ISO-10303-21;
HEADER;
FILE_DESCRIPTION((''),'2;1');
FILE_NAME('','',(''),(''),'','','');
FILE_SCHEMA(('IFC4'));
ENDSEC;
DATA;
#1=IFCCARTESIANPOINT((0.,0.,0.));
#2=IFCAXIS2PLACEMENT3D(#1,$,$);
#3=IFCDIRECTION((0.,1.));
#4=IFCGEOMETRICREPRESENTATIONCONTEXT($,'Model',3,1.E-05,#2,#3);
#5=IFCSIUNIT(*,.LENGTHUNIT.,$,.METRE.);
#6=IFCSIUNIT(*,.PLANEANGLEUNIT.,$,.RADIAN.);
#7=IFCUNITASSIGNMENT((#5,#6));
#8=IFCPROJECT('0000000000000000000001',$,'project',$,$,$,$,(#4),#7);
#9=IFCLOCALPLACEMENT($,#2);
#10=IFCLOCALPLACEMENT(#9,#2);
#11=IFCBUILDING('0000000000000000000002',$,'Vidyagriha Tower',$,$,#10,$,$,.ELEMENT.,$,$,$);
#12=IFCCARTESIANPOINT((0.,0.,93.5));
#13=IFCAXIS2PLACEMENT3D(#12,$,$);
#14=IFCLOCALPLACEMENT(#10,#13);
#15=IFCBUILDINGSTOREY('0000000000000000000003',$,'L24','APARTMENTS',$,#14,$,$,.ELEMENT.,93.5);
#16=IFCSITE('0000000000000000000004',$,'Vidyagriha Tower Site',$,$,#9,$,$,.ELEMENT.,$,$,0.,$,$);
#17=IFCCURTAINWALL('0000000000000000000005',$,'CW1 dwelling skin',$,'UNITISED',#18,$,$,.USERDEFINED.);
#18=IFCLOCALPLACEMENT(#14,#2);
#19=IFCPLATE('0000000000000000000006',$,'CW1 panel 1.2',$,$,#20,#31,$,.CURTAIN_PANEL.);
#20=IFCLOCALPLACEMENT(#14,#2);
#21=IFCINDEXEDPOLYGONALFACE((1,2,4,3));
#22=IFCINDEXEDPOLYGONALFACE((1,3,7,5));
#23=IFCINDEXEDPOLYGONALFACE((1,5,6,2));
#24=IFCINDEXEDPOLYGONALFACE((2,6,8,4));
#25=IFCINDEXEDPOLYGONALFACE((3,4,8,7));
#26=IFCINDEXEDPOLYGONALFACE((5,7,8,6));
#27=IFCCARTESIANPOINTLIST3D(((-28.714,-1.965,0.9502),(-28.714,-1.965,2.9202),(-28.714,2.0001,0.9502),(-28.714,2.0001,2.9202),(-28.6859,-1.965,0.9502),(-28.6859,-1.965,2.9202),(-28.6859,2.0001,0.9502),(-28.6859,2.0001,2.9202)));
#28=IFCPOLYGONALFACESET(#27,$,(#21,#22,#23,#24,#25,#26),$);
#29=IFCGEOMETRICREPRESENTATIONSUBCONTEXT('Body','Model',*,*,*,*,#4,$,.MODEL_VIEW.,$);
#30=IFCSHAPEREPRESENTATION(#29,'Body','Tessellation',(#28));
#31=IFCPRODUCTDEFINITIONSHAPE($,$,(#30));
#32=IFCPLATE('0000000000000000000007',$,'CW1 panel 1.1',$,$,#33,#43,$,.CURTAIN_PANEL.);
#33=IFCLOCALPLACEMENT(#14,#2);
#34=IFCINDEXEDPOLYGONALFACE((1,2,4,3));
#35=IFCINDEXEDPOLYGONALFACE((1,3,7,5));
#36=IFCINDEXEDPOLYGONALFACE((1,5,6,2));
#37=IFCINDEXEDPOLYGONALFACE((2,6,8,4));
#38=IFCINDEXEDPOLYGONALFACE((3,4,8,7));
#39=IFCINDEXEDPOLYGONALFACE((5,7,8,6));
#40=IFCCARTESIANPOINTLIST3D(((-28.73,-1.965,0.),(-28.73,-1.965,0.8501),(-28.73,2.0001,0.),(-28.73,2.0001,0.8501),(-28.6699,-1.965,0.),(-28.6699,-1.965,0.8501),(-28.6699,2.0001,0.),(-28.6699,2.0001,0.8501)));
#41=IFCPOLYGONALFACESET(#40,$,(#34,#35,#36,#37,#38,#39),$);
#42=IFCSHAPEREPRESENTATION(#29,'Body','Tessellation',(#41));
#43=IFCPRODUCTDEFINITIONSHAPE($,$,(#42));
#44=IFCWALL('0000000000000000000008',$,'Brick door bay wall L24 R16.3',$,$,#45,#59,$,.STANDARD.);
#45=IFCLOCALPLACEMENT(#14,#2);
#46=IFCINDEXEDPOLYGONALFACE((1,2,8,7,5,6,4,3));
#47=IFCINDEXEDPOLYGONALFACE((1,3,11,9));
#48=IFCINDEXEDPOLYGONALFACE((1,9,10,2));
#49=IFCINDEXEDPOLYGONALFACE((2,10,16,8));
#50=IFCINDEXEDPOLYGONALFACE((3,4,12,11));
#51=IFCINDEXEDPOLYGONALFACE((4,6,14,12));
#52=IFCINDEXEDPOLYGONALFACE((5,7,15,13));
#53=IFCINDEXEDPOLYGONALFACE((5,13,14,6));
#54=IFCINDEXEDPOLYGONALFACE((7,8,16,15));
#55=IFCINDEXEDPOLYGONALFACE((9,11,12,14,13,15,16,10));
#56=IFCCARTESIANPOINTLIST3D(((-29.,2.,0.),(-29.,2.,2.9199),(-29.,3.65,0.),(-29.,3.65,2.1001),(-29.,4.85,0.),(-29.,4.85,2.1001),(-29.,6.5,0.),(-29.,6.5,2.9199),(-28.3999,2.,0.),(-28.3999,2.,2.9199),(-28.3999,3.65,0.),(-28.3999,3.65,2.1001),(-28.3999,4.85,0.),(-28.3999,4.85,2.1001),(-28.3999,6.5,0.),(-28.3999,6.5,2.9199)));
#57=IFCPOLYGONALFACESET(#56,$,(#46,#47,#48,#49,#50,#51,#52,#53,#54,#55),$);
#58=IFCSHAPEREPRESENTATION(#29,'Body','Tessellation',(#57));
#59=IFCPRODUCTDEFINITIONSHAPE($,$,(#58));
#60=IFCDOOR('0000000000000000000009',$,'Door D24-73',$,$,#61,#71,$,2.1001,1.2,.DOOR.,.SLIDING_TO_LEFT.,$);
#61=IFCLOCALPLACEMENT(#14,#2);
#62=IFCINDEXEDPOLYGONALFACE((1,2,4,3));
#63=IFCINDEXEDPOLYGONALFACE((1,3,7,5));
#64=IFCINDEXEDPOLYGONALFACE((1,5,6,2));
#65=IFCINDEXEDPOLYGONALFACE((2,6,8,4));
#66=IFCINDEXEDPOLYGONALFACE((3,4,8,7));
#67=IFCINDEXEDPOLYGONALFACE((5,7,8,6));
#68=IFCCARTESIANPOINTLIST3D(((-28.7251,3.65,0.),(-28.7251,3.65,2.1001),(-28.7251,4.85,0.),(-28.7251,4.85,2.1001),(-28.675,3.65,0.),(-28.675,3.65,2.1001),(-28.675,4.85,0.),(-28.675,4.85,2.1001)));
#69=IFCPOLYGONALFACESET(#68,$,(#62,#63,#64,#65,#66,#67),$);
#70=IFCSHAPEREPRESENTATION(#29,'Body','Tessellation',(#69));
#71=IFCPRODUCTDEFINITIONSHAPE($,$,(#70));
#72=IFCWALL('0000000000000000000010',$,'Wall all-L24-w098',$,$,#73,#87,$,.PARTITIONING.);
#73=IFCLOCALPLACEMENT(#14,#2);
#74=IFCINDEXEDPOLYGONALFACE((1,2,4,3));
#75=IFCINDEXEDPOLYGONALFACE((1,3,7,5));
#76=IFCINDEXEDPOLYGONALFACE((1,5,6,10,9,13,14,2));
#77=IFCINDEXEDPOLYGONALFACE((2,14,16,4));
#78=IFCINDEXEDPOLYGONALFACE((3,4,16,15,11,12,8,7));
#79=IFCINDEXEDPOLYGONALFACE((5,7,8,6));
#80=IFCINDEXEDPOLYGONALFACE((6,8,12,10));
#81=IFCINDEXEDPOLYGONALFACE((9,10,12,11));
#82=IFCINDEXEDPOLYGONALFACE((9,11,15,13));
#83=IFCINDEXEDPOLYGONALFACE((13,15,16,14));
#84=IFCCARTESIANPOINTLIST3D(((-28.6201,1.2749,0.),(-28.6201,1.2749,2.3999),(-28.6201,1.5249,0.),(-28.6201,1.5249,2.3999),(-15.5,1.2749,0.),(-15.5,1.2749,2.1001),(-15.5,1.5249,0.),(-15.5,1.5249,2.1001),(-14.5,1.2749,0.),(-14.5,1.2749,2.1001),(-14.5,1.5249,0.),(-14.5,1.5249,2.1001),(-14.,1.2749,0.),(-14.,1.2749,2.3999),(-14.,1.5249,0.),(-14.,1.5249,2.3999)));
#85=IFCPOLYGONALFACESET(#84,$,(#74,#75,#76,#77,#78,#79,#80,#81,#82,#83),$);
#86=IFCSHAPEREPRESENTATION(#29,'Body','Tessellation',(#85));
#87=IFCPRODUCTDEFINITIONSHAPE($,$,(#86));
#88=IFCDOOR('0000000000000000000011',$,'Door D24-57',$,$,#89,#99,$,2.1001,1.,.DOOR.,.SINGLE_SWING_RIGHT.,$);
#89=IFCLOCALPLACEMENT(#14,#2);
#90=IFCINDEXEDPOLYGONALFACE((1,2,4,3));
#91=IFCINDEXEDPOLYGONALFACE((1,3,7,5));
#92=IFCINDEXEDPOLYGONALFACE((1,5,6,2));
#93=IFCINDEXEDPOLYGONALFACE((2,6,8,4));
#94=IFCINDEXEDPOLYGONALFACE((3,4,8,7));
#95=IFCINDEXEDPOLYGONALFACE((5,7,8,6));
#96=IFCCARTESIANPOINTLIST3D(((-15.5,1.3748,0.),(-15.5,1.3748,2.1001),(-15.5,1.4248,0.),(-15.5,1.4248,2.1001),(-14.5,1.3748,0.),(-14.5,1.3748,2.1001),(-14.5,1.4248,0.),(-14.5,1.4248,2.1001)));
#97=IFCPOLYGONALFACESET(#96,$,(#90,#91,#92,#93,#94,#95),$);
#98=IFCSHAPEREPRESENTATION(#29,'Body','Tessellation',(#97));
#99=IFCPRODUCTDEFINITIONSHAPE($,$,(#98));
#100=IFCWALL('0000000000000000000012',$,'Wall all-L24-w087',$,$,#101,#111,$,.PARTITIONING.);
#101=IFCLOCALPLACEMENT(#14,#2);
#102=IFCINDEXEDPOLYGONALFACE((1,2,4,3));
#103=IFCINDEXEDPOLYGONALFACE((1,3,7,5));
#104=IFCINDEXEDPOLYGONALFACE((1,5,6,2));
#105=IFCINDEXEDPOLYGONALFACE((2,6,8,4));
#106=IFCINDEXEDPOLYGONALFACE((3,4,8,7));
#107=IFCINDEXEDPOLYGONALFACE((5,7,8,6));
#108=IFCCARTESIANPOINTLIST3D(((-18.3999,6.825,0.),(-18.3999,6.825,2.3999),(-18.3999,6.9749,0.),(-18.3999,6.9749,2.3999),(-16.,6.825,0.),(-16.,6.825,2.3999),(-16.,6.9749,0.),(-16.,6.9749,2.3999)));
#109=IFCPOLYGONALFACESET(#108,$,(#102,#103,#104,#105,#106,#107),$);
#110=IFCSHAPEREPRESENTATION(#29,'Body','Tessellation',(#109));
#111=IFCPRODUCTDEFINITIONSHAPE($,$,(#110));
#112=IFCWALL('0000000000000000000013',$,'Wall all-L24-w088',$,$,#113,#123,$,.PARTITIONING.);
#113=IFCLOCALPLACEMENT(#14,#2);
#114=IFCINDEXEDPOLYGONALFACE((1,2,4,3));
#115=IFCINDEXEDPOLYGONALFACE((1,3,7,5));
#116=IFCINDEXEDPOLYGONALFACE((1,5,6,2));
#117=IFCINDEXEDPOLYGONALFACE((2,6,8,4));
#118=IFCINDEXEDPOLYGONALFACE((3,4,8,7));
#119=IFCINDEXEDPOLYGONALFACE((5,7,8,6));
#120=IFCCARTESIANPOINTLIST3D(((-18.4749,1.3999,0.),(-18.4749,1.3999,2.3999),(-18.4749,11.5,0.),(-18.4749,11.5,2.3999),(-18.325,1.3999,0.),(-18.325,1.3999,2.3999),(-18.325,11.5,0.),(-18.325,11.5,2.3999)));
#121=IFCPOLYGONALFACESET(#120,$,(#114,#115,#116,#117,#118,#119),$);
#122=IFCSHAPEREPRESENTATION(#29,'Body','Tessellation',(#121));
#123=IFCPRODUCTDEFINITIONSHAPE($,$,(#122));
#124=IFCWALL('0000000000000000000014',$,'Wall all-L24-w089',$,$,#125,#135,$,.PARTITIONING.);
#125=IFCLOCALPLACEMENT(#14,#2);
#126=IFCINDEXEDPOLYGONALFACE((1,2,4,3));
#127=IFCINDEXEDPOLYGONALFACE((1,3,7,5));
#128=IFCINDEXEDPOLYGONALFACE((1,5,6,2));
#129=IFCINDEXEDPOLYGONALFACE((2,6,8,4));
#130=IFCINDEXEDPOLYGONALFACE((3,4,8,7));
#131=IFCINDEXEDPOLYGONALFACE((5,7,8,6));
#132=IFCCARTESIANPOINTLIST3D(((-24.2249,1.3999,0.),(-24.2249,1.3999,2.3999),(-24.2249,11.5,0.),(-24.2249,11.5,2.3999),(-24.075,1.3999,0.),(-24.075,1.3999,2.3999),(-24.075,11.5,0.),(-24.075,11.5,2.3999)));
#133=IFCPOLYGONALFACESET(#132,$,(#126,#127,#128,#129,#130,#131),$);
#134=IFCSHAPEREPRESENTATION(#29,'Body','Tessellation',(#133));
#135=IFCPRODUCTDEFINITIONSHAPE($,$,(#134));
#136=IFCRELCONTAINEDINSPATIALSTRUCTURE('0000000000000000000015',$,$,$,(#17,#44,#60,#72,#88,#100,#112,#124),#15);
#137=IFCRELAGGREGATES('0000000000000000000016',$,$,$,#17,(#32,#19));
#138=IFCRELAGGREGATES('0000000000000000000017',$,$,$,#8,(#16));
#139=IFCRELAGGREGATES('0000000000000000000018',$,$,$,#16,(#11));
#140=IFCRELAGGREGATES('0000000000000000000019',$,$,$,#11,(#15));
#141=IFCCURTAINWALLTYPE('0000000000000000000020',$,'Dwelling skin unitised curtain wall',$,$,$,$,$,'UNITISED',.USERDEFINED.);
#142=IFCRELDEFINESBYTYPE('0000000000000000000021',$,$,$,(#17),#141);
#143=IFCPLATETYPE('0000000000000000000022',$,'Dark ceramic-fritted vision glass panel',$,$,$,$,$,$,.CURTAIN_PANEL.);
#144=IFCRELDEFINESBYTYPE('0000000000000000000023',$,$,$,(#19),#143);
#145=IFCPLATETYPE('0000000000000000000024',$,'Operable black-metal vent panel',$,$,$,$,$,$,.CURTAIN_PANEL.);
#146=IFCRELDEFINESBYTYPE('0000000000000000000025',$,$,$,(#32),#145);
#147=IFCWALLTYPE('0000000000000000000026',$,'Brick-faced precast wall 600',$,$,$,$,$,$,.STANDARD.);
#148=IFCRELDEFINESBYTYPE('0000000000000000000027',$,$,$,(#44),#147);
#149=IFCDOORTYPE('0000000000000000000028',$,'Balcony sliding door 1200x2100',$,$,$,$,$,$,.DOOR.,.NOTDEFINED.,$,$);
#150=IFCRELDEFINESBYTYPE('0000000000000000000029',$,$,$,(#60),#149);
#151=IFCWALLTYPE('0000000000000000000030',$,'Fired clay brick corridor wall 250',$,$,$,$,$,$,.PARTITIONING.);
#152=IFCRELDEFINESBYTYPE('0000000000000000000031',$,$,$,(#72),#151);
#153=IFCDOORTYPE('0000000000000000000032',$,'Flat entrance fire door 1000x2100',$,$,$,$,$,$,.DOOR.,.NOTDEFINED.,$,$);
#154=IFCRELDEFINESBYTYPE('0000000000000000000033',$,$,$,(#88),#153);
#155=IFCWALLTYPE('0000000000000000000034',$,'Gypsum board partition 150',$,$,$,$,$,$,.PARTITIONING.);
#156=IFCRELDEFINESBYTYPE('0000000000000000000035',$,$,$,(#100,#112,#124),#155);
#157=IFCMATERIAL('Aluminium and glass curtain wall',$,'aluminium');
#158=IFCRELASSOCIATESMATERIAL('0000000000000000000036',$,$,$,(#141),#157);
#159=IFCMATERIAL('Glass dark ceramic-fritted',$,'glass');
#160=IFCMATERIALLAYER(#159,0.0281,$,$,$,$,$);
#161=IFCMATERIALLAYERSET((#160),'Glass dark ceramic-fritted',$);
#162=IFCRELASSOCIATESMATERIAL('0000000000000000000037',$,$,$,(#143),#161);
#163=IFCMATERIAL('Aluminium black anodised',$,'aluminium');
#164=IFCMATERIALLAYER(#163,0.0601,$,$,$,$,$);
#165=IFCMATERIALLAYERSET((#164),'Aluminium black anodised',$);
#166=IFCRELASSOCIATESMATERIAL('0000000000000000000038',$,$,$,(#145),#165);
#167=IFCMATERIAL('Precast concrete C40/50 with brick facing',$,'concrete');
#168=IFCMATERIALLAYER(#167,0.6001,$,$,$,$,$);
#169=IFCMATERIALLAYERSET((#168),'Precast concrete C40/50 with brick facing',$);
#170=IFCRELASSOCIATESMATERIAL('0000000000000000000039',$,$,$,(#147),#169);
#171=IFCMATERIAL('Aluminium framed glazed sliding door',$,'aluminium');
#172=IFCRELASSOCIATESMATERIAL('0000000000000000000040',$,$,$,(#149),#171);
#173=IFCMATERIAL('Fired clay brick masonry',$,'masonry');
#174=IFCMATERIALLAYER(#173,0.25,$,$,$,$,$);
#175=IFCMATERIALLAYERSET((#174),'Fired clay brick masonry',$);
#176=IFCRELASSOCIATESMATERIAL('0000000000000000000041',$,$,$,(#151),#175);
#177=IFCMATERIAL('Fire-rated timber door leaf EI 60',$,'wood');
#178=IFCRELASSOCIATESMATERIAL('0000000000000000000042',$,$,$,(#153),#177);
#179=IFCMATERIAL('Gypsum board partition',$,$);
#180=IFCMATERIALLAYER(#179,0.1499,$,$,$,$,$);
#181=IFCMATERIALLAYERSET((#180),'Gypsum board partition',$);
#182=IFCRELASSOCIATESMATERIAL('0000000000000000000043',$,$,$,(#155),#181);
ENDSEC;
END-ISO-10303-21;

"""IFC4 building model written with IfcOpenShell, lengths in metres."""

from ifc_helpers import new_model, si_unit, direction, frame, frame_2d, origin, origin_2d, place, context, subcontext, project, spatial, rectangle, extrude, material, layer, layer_set, type_object, element, fill, aggregate, save


model = new_model("IFC4")

# Units and contexts
model_context = context("Model", 3, precision=1e-05, world=origin(), true_north=direction((0.0, 1.0)))
body_context = subcontext(model_context, "Body", "Model", "MODEL_VIEW")
ifc_project = project(units=[si_unit("LENGTHUNIT", "METRE"), si_unit("PLANEANGLEUNIT", "RADIAN")], contexts=[model_context])

# Site, building, storey
site_placement = place(None, origin())
site = spatial("IfcSite", under=ifc_project, at=site_placement, Name="Vidyagriha Tower Site", CompositionType="ELEMENT", RefElevation=0.0)
building_placement = place(site_placement, origin())
building = spatial("IfcBuilding", under=site, at=building_placement, Name="Vidyagriha Tower", CompositionType="ELEMENT")
storey_placement = place(building_placement, frame((0.0, 0.0, 93.5)))
storey = spatial("IfcBuildingStorey", under=building, at=storey_placement, Name="L24", Description="APARTMENTS", CompositionType="ELEMENT", Elevation=93.5)

# Shared definitions
ifc_material_1 = material(Name="Aluminium and glass curtain wall", Category="aluminium")
curtain_wall_type = type_object("IfcCurtainWallType", Name="Dwelling skin unitised curtain wall", ElementType="UNITISED", PredefinedType="USERDEFINED", material=ifc_material_1)

# Curtain wall
curtain_wall_1_placement = place(storey_placement, origin())
curtain_wall_1 = element("IfcCurtainWall", 1, at=curtain_wall_1_placement, inside=storey, type_object=curtain_wall_type, Name="CW1 dwelling skin", ObjectType="UNITISED", PredefinedType="USERDEFINED")

# Plates
ifc_material_2 = material(Name="Glass dark ceramic-fritted", Category="glass")
ifc_layer_1 = layer(ifc_material_2, 0.0281)
ifc_layer_set_1 = layer_set([ifc_layer_1], Name="Glass dark ceramic-fritted")
plate_type_1 = type_object("IfcPlateType", Name="Dark ceramic-fritted vision glass panel", PredefinedType="CURTAIN_PANEL", material=ifc_layer_set_1)
plate_1_placement = place(storey_placement, frame((-28.7, 0.0176, 0.9502), z_axis=(0.0, 0.0, 1.0), x_axis=(0.0, -1.0, 0.0)))
plate_1 = element("IfcPlate", 2, at=plate_1_placement, type_object=plate_type_1, Name="CW1 panel 1.2", PredefinedType="CURTAIN_PANEL", context=body_context, shape_type="SweptSolid", body=[
    extrude(rectangle(XDim=3.9651, YDim=0.0281, at=origin_2d()), origin(), (0.0, 0.0, 1.0), 1.97),
])
ifc_material_3 = material(Name="Aluminium black anodised", Category="aluminium")
ifc_layer_2 = layer(ifc_material_3, 0.0601)
ifc_layer_set_2 = layer_set([ifc_layer_2], Name="Aluminium black anodised")
plate_type_2 = type_object("IfcPlateType", Name="Operable black-metal vent panel", PredefinedType="CURTAIN_PANEL", material=ifc_layer_set_2)
plate_2_placement = place(storey_placement, frame((-28.7, 0.0176, 0.0), z_axis=(0.0, 0.0, 1.0), x_axis=(0.0, -1.0, 0.0)))
plate_2 = element("IfcPlate", 3, at=plate_2_placement, type_object=plate_type_2, Name="CW1 panel 1.1", PredefinedType="CURTAIN_PANEL", context=body_context, shape_type="SweptSolid", body=[
    extrude(rectangle(XDim=3.9651, YDim=0.0601, at=origin_2d()), origin(), (0.0, 0.0, 1.0), 0.8501),
])
aggregate(curtain_wall_1, [plate_2, plate_1])

# Walls, openings, doors
ifc_material_4 = material(Name="Precast concrete C40/50 with brick facing", Category="concrete")
ifc_layer_3 = layer(ifc_material_4, 0.6001)
ifc_layer_set_3 = layer_set([ifc_layer_3], Name="Precast concrete C40/50 with brick facing")
wall_type_1 = type_object("IfcWallType", Name="Brick-faced precast wall 600", PredefinedType="STANDARD", material=ifc_layer_set_3)
wall_1_placement = place(storey_placement, frame((-28.7, 6.5, 0.0), z_axis=(0.0, 0.0, 1.0), x_axis=(0.0, -1.0, 0.0)))
wall_1 = element("IfcWall", 4, at=wall_1_placement, inside=storey, type_object=wall_type_1, Name="Brick door bay wall L24 R16.3", PredefinedType="STANDARD", context=body_context, shape_type="SweptSolid", body=[
    extrude(rectangle(XDim=4.5, YDim=0.6001, at=frame_2d((2.25, 0.0))), origin(), (0.0, 0.0, 1.0), 2.9199),
])
opening_1_placement = place(wall_1_placement, frame((1.6499, 0.0, 0.0)))
opening_1 = element("IfcOpeningElement", 5, at=opening_1_placement, cuts=wall_1, PredefinedType="OPENING", context=body_context, shape_type="SweptSolid", body=[
    extrude(rectangle(XDim=1.2, YDim=2.1001, at=frame_2d((0.6001, 1.05))), frame((0.0, 0.3101, 0.0), z_axis=(0.0, -1.0, 0.0), x_axis=(1.0, 0.0, 0.0)), (0.0, 0.0, 1.0), 0.6201),
])
ifc_material_5 = material(Name="Aluminium framed glazed sliding door", Category="aluminium")
door_type_1 = type_object("IfcDoorType", Name="Balcony sliding door 1200x2100", OperationType="NOTDEFINED", PredefinedType="DOOR", material=ifc_material_5)
door_1_placement = place(opening_1_placement, origin())
door_1 = element("IfcDoor", 6, at=door_1_placement, inside=storey, type_object=door_type_1, Name="Door D24-73", OperationType="SLIDING_TO_LEFT", OverallHeight=2.1001, OverallWidth=1.2, PredefinedType="DOOR", context=body_context, shape_type="SweptSolid", body=[
    extrude(rectangle(XDim=1.2, YDim=2.1001, at=frame_2d((0.6001, 1.05))), frame((0.0, 0.0249, 0.0), z_axis=(0.0, -1.0, 0.0), x_axis=(1.0, 0.0, 0.0)), (0.0, 0.0, 1.0), 0.05),
])
fill(opening_1, door_1)
ifc_material_6 = material(Name="Fired clay brick masonry", Category="masonry")
ifc_layer_4 = layer(ifc_material_6, 0.25)
ifc_layer_set_4 = layer_set([ifc_layer_4], Name="Fired clay brick masonry")
wall_type_2 = type_object("IfcWallType", Name="Fired clay brick corridor wall 250", PredefinedType="PARTITIONING", material=ifc_layer_set_4)
wall_2_placement = place(storey_placement, frame((-28.6201, 1.3999, 0.0)))
wall_2 = element("IfcWall", 7, at=wall_2_placement, inside=storey, type_object=wall_type_2, Name="Wall all-L24-w098", PredefinedType="PARTITIONING", context=body_context, shape_type="SweptSolid", body=[
    extrude(rectangle(XDim=14.6201, YDim=0.25, at=frame_2d((7.3101, 0.0))), origin(), (0.0, 0.0, 1.0), 2.3999),
])
opening_2_placement = place(wall_2_placement, frame((13.1201, 0.0, 0.0)))
opening_2 = element("IfcOpeningElement", 8, at=opening_2_placement, cuts=wall_2, PredefinedType="OPENING", context=body_context, shape_type="SweptSolid", body=[
    extrude(rectangle(XDim=1.0, YDim=2.1001, at=frame_2d((0.5, 1.05))), frame((0.0, 0.135, 0.0), z_axis=(0.0, -1.0, 0.0), x_axis=(1.0, 0.0, 0.0)), (0.0, 0.0, 1.0), 0.27),
])
ifc_material_7 = material(Name="Fire-rated timber door leaf EI 60", Category="wood")
door_type_2 = type_object("IfcDoorType", Name="Flat entrance fire door 1000x2100", OperationType="NOTDEFINED", PredefinedType="DOOR", material=ifc_material_7)
door_2_placement = place(opening_2_placement, origin())
door_2 = element("IfcDoor", 9, at=door_2_placement, inside=storey, type_object=door_type_2, Name="Door D24-57", OperationType="SINGLE_SWING_RIGHT", OverallHeight=2.1001, OverallWidth=1.0, PredefinedType="DOOR", context=body_context, shape_type="SweptSolid", body=[
    extrude(rectangle(XDim=1.0, YDim=2.1001, at=frame_2d((0.5, 1.05))), frame((0.0, 0.0249, 0.0), z_axis=(0.0, -1.0, 0.0), x_axis=(1.0, 0.0, 0.0)), (0.0, 0.0, 1.0), 0.05),
])
fill(opening_2, door_2)

# Walls
ifc_material_8 = material(Name="Gypsum board partition")
ifc_layer_5 = layer(ifc_material_8, 0.1499)
ifc_layer_set_5 = layer_set([ifc_layer_5], Name="Gypsum board partition")
wall_type_3 = type_object("IfcWallType", Name="Gypsum board partition 150", PredefinedType="PARTITIONING", material=ifc_layer_set_5)
wall_3_placement = place(storey_placement, frame((-18.3999, 6.8999, 0.0)))
element("IfcWall", 10, at=wall_3_placement, inside=storey, type_object=wall_type_3, Name="Wall all-L24-w087", PredefinedType="PARTITIONING", context=body_context, shape_type="SweptSolid", body=[
    extrude(rectangle(XDim=2.3999, YDim=0.1499, at=frame_2d((1.2, 0.0))), origin(), (0.0, 0.0, 1.0), 2.3999),
])
for number, where, z_axis, x_axis, name in (
    (11, (-18.3999, 1.3999, 0.0), (0.0, 0.0, 1.0), (0.0, 1.0, 0.0), "Wall all-L24-w088"),
    (12, (-24.1499, 1.3999, 0.0), (0.0, 0.0, 1.0), (0.0, 1.0, 0.0), "Wall all-L24-w089"),
):
    element("IfcWall", number, at=place(storey_placement, frame(where, z_axis=z_axis, x_axis=x_axis)), inside=storey, type_object=wall_type_3, Name=name, PredefinedType="PARTITIONING", context=body_context, shape_type="SweptSolid", body=[
        extrude(rectangle(XDim=10.1001, YDim=0.1499, at=frame_2d((5.05, 0.0))), origin(), (0.0, 0.0, 1.0), 2.3999),
    ])

save(model, "model.ifc")
